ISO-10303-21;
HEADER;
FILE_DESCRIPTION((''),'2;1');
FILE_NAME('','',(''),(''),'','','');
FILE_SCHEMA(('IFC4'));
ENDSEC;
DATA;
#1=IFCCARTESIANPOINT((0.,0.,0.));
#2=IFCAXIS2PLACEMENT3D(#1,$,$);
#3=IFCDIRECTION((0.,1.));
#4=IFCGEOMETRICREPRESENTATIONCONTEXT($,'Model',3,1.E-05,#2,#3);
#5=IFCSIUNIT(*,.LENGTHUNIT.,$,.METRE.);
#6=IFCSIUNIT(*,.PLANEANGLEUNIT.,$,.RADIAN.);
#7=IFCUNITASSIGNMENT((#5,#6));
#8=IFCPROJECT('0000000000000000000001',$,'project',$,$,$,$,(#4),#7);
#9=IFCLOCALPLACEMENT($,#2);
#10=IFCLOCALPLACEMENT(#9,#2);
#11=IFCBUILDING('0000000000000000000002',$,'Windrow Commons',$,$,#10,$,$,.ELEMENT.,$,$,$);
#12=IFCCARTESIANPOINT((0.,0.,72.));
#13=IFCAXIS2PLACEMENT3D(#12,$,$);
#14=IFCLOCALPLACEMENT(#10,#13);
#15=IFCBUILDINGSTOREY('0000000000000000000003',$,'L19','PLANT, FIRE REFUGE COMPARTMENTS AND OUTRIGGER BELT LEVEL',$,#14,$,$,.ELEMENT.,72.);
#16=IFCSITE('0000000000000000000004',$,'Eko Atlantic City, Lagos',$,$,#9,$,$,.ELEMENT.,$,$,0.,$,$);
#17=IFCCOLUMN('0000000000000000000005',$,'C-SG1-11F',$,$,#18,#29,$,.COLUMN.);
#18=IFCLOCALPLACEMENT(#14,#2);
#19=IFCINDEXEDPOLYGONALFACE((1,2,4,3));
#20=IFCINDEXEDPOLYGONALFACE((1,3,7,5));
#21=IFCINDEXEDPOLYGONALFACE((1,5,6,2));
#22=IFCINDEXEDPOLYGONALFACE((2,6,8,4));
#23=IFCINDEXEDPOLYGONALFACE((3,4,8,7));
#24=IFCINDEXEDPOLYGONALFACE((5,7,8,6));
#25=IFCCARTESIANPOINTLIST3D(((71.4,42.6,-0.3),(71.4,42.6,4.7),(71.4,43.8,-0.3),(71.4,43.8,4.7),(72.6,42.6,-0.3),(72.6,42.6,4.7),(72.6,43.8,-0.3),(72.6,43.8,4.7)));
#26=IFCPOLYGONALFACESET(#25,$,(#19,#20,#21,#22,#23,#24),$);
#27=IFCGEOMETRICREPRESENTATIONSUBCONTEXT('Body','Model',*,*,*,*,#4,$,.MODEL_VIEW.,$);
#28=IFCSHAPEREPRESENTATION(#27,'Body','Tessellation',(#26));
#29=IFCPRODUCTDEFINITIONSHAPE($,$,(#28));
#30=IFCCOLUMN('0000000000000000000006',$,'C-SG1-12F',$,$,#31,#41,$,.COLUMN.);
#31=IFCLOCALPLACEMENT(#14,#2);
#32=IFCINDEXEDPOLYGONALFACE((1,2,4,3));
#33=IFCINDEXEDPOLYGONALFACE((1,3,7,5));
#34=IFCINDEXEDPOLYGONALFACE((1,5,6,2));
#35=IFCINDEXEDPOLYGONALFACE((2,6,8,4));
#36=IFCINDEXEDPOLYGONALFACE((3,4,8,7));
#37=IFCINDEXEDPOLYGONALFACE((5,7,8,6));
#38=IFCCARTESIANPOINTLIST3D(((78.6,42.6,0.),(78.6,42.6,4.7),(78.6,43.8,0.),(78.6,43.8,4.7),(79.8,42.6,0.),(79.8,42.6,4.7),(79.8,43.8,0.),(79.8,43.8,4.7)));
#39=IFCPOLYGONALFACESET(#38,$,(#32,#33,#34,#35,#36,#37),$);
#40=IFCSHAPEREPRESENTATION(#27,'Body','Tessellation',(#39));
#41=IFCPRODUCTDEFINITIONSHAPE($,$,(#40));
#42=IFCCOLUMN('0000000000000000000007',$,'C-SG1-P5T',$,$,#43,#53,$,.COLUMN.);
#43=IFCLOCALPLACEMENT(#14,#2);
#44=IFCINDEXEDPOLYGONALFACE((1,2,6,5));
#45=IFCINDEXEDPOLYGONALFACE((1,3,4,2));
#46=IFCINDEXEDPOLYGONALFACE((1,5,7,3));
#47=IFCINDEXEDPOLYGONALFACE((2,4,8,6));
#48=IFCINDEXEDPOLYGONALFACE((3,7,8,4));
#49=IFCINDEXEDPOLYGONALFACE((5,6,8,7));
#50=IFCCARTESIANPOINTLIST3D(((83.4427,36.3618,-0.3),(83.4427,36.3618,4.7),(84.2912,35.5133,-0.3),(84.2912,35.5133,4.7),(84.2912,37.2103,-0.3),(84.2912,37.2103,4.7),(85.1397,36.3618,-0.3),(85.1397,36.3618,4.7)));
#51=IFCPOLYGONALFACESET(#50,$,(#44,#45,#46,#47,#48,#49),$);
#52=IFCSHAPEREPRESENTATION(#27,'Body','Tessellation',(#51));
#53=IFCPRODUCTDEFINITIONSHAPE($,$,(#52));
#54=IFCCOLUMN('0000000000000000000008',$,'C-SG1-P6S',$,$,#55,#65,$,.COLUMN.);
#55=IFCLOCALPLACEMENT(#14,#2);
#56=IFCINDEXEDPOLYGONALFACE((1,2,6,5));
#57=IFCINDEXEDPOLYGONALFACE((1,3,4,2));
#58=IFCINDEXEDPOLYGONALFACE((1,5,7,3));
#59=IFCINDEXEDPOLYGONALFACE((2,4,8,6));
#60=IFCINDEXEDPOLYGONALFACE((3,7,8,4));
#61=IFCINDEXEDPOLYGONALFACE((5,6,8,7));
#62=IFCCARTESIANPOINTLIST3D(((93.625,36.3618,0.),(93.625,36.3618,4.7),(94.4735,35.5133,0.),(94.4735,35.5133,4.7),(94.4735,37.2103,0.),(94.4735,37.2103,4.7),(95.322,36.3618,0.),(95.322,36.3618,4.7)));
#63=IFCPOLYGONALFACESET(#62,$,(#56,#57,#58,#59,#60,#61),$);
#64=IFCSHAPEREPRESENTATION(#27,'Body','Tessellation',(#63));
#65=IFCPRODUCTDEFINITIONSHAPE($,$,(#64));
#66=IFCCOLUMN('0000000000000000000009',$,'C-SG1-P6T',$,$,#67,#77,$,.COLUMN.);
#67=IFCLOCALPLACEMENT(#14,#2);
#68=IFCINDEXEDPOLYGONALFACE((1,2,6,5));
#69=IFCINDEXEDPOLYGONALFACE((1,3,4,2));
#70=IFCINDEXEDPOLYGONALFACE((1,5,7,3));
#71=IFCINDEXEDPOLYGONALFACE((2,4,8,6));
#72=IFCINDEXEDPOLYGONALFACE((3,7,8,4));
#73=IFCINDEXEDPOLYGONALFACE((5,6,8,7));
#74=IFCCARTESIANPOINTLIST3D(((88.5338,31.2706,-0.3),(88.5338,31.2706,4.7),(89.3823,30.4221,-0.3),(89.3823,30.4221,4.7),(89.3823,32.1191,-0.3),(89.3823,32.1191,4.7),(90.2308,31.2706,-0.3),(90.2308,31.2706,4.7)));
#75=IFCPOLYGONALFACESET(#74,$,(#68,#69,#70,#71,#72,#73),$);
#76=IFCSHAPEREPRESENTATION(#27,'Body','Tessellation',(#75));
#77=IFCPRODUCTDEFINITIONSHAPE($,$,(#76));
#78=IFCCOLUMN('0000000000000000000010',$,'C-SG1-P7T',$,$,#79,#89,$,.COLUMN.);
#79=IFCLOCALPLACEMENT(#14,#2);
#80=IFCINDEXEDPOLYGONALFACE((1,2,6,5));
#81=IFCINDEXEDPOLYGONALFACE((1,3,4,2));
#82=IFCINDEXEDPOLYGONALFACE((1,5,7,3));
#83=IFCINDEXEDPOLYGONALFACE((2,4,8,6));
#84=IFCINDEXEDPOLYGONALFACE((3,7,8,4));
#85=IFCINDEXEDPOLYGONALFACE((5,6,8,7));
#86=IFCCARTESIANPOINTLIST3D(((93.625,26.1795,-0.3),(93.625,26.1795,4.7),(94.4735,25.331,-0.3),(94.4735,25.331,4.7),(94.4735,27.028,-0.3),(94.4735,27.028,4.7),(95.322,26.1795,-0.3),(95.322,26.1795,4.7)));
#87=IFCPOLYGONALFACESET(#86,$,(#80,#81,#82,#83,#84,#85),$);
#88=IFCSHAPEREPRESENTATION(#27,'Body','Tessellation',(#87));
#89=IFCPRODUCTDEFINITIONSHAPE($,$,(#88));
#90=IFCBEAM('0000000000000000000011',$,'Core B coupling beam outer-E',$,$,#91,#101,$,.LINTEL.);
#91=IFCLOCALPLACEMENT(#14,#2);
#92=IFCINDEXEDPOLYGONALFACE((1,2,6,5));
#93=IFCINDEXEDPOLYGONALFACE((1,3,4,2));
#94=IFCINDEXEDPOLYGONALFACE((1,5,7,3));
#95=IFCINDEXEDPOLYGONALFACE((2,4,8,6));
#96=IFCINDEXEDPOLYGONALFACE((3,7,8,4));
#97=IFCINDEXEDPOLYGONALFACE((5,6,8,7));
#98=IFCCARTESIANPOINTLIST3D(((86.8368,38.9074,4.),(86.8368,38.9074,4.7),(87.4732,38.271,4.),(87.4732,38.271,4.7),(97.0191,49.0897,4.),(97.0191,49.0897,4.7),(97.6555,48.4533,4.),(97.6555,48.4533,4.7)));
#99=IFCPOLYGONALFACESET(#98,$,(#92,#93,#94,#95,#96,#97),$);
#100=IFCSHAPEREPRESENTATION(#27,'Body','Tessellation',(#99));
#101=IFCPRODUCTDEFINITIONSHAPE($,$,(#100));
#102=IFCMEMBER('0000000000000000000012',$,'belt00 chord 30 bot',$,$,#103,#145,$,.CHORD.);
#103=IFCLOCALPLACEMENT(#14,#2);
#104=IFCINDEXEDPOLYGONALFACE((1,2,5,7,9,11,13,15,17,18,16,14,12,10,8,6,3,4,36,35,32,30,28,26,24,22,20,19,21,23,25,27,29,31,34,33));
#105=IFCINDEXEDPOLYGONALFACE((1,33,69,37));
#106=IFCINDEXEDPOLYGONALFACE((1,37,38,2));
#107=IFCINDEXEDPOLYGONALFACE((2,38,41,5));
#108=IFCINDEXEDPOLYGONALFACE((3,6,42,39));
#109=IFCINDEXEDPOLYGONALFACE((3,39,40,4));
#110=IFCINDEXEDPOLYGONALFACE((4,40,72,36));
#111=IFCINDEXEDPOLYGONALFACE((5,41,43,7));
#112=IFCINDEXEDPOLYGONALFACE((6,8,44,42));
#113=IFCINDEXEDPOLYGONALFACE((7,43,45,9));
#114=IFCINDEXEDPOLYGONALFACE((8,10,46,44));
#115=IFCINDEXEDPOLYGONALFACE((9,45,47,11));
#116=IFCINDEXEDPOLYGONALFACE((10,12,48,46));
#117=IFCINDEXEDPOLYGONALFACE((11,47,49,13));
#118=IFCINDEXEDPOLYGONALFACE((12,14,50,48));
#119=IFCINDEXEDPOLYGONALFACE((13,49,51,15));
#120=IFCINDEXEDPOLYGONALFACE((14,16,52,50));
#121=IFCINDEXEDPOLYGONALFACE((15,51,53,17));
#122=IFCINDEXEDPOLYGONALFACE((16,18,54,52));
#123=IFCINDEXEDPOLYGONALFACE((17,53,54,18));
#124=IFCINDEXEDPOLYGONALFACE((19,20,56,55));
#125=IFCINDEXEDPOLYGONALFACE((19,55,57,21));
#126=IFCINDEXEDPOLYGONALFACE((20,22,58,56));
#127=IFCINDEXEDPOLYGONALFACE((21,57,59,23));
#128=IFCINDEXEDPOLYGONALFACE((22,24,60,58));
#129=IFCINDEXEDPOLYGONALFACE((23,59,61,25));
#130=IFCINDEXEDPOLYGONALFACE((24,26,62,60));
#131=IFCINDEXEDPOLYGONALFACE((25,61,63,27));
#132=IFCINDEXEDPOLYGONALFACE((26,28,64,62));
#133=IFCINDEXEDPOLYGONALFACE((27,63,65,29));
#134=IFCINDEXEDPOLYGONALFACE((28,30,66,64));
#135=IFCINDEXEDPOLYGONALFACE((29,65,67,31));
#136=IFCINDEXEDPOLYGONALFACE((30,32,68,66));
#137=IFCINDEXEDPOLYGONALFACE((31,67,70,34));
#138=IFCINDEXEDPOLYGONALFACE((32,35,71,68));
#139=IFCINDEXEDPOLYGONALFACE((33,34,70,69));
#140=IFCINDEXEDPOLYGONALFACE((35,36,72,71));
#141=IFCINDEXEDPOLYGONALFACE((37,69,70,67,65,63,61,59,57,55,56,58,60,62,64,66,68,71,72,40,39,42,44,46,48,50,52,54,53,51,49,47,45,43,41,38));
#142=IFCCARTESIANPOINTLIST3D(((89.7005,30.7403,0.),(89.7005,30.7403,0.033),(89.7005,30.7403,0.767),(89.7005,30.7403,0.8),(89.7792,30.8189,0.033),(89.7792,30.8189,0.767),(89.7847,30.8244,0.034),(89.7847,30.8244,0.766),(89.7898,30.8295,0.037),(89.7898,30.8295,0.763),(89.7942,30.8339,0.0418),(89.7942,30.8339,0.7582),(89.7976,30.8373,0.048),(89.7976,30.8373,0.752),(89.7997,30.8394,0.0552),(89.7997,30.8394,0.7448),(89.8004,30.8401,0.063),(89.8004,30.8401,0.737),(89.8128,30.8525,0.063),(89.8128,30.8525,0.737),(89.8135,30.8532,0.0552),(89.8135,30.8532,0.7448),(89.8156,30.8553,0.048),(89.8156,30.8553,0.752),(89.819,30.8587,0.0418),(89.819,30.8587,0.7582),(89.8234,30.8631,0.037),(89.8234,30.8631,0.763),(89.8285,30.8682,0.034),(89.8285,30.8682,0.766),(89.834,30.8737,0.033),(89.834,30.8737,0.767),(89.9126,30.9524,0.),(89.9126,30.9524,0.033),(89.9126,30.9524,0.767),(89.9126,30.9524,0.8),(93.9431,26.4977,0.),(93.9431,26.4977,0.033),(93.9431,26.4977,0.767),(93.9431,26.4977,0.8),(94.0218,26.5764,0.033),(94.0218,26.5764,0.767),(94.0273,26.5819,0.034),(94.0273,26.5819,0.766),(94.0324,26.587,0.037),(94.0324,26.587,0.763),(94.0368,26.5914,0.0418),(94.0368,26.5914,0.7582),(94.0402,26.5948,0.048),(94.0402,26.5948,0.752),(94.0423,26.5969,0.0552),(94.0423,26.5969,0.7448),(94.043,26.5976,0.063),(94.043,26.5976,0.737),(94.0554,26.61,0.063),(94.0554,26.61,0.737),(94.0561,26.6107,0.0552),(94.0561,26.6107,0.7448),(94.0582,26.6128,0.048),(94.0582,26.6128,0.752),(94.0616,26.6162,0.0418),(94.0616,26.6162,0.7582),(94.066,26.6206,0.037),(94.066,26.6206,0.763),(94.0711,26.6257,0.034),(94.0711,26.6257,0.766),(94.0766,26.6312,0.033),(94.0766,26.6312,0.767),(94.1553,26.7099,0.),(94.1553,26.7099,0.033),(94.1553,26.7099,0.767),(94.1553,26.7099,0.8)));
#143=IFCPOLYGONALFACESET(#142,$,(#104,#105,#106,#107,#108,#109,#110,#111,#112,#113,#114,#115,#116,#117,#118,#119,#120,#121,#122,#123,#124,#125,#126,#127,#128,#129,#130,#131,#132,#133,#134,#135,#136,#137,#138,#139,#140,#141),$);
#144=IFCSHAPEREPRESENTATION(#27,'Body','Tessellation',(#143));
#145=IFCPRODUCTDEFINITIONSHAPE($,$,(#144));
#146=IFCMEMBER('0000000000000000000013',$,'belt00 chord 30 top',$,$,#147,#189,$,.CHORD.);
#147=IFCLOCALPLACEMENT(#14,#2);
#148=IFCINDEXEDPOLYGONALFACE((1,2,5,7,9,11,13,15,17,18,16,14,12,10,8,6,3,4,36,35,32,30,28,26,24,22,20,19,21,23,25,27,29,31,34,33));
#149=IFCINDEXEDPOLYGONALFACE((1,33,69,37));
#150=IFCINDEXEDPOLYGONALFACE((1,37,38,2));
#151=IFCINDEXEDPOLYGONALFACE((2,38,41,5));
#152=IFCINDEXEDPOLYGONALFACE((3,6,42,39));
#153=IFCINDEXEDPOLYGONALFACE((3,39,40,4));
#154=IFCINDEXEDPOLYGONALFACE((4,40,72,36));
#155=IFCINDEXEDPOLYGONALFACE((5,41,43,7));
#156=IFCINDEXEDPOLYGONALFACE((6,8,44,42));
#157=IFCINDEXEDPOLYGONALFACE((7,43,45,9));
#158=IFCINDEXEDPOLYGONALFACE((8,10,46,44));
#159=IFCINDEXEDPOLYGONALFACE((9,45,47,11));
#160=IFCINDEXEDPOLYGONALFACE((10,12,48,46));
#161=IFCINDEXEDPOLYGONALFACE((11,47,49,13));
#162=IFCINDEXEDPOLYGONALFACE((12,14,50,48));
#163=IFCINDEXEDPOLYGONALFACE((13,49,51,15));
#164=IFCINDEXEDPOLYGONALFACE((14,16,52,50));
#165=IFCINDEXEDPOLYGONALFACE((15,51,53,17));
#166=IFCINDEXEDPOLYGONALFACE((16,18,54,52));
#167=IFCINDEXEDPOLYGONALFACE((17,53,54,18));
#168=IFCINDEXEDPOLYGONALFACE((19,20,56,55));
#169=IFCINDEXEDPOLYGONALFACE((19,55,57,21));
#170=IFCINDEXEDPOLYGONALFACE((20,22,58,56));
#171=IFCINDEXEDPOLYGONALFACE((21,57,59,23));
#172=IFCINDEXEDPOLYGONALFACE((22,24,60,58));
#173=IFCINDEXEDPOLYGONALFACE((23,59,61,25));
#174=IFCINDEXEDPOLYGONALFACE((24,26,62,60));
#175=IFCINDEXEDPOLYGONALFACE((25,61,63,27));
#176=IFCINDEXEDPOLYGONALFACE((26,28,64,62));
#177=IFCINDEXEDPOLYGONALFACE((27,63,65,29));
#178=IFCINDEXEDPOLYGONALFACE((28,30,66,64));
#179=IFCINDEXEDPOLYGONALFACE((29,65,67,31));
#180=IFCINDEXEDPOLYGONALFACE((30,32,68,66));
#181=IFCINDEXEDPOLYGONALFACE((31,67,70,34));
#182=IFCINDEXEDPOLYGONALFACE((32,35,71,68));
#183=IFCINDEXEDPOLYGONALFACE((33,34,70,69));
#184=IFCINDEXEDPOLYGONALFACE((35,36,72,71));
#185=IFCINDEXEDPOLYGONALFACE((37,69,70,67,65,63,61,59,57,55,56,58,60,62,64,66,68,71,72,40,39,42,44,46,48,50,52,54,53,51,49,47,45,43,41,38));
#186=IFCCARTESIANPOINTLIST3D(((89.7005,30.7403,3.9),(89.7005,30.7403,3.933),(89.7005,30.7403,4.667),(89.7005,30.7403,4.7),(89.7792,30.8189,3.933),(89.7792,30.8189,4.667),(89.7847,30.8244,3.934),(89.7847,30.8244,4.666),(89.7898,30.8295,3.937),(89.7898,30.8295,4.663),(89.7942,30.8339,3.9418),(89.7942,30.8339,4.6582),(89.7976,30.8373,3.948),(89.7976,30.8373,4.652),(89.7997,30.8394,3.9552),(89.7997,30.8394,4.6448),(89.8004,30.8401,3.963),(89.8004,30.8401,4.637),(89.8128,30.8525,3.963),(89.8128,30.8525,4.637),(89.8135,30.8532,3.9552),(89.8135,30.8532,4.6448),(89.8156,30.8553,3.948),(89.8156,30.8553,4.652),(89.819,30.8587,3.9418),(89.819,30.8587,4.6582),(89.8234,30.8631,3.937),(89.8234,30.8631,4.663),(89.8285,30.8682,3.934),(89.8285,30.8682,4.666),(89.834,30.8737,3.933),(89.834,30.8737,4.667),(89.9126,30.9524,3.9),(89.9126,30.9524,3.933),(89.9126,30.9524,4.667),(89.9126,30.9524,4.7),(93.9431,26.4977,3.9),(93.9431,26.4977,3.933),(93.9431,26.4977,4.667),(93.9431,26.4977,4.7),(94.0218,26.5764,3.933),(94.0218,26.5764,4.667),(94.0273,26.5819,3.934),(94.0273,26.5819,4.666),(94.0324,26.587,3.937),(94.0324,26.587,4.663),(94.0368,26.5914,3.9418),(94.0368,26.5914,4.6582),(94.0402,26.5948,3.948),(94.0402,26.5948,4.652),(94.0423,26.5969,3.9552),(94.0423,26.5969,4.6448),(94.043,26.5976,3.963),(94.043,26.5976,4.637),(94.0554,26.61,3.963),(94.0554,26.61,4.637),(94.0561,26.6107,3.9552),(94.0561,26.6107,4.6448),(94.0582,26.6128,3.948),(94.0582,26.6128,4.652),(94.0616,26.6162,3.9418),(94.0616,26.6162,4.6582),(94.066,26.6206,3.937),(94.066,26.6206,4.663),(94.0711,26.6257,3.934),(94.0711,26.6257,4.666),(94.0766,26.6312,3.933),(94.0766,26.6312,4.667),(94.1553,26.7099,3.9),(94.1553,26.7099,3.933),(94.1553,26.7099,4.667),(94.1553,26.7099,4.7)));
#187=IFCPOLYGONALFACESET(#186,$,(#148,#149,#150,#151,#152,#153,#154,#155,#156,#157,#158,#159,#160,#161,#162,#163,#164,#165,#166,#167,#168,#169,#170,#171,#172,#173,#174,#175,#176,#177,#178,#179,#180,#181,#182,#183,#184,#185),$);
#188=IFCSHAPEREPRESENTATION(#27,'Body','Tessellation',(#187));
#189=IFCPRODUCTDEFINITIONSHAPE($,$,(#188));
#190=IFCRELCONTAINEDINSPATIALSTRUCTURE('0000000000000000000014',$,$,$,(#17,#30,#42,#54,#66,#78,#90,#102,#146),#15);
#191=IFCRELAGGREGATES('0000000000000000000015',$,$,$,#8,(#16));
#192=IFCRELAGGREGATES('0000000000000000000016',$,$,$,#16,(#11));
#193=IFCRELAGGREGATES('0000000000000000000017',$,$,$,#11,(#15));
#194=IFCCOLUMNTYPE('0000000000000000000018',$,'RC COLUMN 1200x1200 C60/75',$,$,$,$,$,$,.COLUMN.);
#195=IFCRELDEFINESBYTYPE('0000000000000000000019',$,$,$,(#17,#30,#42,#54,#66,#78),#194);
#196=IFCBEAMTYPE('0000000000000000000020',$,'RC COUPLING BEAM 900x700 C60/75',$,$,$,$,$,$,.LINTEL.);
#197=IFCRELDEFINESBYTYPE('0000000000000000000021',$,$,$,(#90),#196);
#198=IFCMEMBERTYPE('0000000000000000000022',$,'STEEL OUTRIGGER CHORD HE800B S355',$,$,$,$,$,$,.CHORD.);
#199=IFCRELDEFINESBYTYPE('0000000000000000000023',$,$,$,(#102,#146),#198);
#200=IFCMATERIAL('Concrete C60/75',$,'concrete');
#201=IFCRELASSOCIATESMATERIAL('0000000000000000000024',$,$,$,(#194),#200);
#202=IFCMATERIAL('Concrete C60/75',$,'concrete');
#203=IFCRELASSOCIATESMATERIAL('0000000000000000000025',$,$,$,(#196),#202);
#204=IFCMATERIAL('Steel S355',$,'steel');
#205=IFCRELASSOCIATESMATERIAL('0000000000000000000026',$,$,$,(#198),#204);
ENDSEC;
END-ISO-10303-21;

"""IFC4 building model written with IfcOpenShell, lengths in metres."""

from ifc_helpers import new_model, si_unit, direction, frame, origin, origin_2d, place, context, subcontext, project, spatial, rectangle, i_section, extrude, material, material_profile, profile_set, type_object, element, save


model = new_model("IFC4")

# Units and contexts
model_context = context("Model", 3, precision=1e-05, world=origin(), true_north=direction((0.0, 1.0)))
body_context = subcontext(model_context, "Body", "Model", "MODEL_VIEW")
ifc_project = project(units=[si_unit("LENGTHUNIT", "METRE"), si_unit("PLANEANGLEUNIT", "RADIAN")], contexts=[model_context])

# Site, building, storey
site_placement = place(None, origin())
site = spatial("IfcSite", under=ifc_project, at=site_placement, Name="Eko Atlantic City, Lagos", CompositionType="ELEMENT", RefElevation=0.0)
building_placement = place(site_placement, origin())
building = spatial("IfcBuilding", under=site, at=building_placement, Name="Windrow Commons", CompositionType="ELEMENT")
storey_placement = place(building_placement, frame((0.0, 0.0, 72.0)))
storey = spatial("IfcBuildingStorey", under=building, at=storey_placement, Name="L19", Description="PLANT, FIRE REFUGE COMPARTMENTS AND OUTRIGGER BELT LEVEL", CompositionType="ELEMENT", Elevation=72.0)

# Columns
ifc_material_1 = material(Name="Concrete C60/75", Category="concrete")
ifc_material_profile_1 = material_profile(ifc_material_1, rectangle(XDim=1.2, YDim=1.2, at=origin_2d()))
ifc_profile_set_1 = profile_set([ifc_material_profile_1], Name="Concrete C60/75")
column_type = type_object("IfcColumnType", Name="RC COLUMN 1200x1200 C60/75", PredefinedType="COLUMN", material=ifc_profile_set_1)
column_1_placement = place(storey_placement, frame((72.0, 43.2, -0.3), z_axis=(0.0, 0.0, 1.0), x_axis=(1.0, 0.0, 0.0)))
element("IfcColumn", 1, at=column_1_placement, inside=storey, type_object=column_type, Name="C-SG1-11F", PredefinedType="COLUMN", context=body_context, shape_type="SweptSolid", body=[
    extrude(rectangle(XDim=1.2, YDim=1.2, at=origin_2d()), origin(), (0.0, 0.0, 1.0), 5.0),
])
column_2_placement = place(storey_placement, frame((79.2, 43.2, 0.0), z_axis=(0.0, 0.0, 1.0), x_axis=(1.0, 0.0, 0.0)))
element("IfcColumn", 2, at=column_2_placement, inside=storey, type_object=column_type, Name="C-SG1-12F", PredefinedType="COLUMN", context=body_context, shape_type="SweptSolid", body=[
    extrude(rectangle(XDim=1.2, YDim=1.2, at=origin_2d()), origin(), (0.0, 0.0, 1.0), 4.7),
])
column_3_placement = place(storey_placement, frame((84.2912, 36.3618, -0.3), z_axis=(0.0, 0.0, 1.0), x_axis=(0.707107, -0.707107, 0.0)))
element("IfcColumn", 3, at=column_3_placement, inside=storey, type_object=column_type, Name="C-SG1-P5T", PredefinedType="COLUMN", context=body_context, shape_type="SweptSolid", body=[
    extrude(rectangle(XDim=1.2, YDim=1.2, at=origin_2d()), origin(), (0.0, 0.0, 1.0), 5.0),
])
column_4_placement = place(storey_placement, frame((94.4735, 36.3618, 0.0), z_axis=(0.0, 0.0, 1.0), x_axis=(0.707107, -0.707107, 0.0)))
element("IfcColumn", 4, at=column_4_placement, inside=storey, type_object=column_type, Name="C-SG1-P6S", PredefinedType="COLUMN", context=body_context, shape_type="SweptSolid", body=[
    extrude(rectangle(XDim=1.2, YDim=1.2, at=origin_2d()), origin(), (0.0, 0.0, 1.0), 4.7),
])
for number, where, z_axis, x_axis, name in (
    (5, (89.3823, 31.2706, -0.3), (0.0, 0.0, 1.0), (0.707107, -0.707107, 0.0), "C-SG1-P6T"),
    (6, (94.4735, 26.1795, -0.3), (0.0, 0.0, 1.0), (0.707107, -0.707107, 0.0), "C-SG1-P7T"),
):
    element("IfcColumn", number, at=place(storey_placement, frame(where, z_axis=z_axis, x_axis=x_axis)), inside=storey, type_object=column_type, Name=name, PredefinedType="COLUMN", context=body_context, shape_type="SweptSolid", body=[
        extrude(rectangle(XDim=1.2, YDim=1.2, at=origin_2d()), origin(), (0.0, 0.0, 1.0), 5.0),
    ])

# Beam
ifc_material_2 = material(Name="Concrete C60/75", Category="concrete")
ifc_material_profile_2 = material_profile(ifc_material_2, rectangle(XDim=0.9, YDim=0.7, at=origin_2d()))
ifc_profile_set_2 = profile_set([ifc_material_profile_2], Name="Concrete C60/75")
beam_type = type_object("IfcBeamType", Name="RC COUPLING BEAM 900x700 C60/75", PredefinedType="LINTEL", material=ifc_profile_set_2)
beam_placement = place(storey_placement, frame((87.155, 38.5892, 4.35), z_axis=(0.707107, 0.707107, 0.0), x_axis=(-0.707107, 0.707107, 0.0)))
element("IfcBeam", 7, at=beam_placement, inside=storey, type_object=beam_type, Name="Core B coupling beam outer-E", PredefinedType="LINTEL", context=body_context, shape_type="SweptSolid", body=[
    extrude(rectangle(XDim=0.9, YDim=0.7, at=origin_2d()), origin(), (0.0, 0.0, 1.0), 14.3999),
])

# Members
ifc_material_3 = material(Name="Steel S355", Category="steel")
ifc_material_profile_3 = material_profile(ifc_material_3, i_section(OverallWidth=0.3, OverallDepth=0.8, WebThickness=0.0175, FlangeThickness=0.033, FilletRadius=0.03, at=origin_2d()))
ifc_profile_set_3 = profile_set([ifc_material_profile_3], Name="Steel S355")
member_type_1 = type_object("IfcMemberType", Name="STEEL OUTRIGGER CHORD HE800B S355", PredefinedType="CHORD", material=ifc_profile_set_3)
for number, where, z_axis, x_axis, name in (
    (8, (94.0492, 26.6038, 0.4), (-0.707115, 0.707098, 0.0), (-0.707098, -0.707115, 0.0), "belt00 chord 30 bot"),
    (9, (94.0492, 26.6038, 4.3), (-0.707115, 0.707098, 0.0), (-0.707098, -0.707115, 0.0), "belt00 chord 30 top"),
):
    element("IfcMember", number, at=place(storey_placement, frame(where, z_axis=z_axis, x_axis=x_axis)), inside=storey, type_object=member_type_1, Name=name, PredefinedType="CHORD", context=body_context, shape_type="SweptSolid", body=[
        extrude(i_section(OverallWidth=0.3, OverallDepth=0.8, WebThickness=0.0175, FlangeThickness=0.033, FilletRadius=0.03, at=origin_2d()), origin(), (0.0, 0.0, 1.0), 5.9999),
    ])

save(model, "model.ifc")
